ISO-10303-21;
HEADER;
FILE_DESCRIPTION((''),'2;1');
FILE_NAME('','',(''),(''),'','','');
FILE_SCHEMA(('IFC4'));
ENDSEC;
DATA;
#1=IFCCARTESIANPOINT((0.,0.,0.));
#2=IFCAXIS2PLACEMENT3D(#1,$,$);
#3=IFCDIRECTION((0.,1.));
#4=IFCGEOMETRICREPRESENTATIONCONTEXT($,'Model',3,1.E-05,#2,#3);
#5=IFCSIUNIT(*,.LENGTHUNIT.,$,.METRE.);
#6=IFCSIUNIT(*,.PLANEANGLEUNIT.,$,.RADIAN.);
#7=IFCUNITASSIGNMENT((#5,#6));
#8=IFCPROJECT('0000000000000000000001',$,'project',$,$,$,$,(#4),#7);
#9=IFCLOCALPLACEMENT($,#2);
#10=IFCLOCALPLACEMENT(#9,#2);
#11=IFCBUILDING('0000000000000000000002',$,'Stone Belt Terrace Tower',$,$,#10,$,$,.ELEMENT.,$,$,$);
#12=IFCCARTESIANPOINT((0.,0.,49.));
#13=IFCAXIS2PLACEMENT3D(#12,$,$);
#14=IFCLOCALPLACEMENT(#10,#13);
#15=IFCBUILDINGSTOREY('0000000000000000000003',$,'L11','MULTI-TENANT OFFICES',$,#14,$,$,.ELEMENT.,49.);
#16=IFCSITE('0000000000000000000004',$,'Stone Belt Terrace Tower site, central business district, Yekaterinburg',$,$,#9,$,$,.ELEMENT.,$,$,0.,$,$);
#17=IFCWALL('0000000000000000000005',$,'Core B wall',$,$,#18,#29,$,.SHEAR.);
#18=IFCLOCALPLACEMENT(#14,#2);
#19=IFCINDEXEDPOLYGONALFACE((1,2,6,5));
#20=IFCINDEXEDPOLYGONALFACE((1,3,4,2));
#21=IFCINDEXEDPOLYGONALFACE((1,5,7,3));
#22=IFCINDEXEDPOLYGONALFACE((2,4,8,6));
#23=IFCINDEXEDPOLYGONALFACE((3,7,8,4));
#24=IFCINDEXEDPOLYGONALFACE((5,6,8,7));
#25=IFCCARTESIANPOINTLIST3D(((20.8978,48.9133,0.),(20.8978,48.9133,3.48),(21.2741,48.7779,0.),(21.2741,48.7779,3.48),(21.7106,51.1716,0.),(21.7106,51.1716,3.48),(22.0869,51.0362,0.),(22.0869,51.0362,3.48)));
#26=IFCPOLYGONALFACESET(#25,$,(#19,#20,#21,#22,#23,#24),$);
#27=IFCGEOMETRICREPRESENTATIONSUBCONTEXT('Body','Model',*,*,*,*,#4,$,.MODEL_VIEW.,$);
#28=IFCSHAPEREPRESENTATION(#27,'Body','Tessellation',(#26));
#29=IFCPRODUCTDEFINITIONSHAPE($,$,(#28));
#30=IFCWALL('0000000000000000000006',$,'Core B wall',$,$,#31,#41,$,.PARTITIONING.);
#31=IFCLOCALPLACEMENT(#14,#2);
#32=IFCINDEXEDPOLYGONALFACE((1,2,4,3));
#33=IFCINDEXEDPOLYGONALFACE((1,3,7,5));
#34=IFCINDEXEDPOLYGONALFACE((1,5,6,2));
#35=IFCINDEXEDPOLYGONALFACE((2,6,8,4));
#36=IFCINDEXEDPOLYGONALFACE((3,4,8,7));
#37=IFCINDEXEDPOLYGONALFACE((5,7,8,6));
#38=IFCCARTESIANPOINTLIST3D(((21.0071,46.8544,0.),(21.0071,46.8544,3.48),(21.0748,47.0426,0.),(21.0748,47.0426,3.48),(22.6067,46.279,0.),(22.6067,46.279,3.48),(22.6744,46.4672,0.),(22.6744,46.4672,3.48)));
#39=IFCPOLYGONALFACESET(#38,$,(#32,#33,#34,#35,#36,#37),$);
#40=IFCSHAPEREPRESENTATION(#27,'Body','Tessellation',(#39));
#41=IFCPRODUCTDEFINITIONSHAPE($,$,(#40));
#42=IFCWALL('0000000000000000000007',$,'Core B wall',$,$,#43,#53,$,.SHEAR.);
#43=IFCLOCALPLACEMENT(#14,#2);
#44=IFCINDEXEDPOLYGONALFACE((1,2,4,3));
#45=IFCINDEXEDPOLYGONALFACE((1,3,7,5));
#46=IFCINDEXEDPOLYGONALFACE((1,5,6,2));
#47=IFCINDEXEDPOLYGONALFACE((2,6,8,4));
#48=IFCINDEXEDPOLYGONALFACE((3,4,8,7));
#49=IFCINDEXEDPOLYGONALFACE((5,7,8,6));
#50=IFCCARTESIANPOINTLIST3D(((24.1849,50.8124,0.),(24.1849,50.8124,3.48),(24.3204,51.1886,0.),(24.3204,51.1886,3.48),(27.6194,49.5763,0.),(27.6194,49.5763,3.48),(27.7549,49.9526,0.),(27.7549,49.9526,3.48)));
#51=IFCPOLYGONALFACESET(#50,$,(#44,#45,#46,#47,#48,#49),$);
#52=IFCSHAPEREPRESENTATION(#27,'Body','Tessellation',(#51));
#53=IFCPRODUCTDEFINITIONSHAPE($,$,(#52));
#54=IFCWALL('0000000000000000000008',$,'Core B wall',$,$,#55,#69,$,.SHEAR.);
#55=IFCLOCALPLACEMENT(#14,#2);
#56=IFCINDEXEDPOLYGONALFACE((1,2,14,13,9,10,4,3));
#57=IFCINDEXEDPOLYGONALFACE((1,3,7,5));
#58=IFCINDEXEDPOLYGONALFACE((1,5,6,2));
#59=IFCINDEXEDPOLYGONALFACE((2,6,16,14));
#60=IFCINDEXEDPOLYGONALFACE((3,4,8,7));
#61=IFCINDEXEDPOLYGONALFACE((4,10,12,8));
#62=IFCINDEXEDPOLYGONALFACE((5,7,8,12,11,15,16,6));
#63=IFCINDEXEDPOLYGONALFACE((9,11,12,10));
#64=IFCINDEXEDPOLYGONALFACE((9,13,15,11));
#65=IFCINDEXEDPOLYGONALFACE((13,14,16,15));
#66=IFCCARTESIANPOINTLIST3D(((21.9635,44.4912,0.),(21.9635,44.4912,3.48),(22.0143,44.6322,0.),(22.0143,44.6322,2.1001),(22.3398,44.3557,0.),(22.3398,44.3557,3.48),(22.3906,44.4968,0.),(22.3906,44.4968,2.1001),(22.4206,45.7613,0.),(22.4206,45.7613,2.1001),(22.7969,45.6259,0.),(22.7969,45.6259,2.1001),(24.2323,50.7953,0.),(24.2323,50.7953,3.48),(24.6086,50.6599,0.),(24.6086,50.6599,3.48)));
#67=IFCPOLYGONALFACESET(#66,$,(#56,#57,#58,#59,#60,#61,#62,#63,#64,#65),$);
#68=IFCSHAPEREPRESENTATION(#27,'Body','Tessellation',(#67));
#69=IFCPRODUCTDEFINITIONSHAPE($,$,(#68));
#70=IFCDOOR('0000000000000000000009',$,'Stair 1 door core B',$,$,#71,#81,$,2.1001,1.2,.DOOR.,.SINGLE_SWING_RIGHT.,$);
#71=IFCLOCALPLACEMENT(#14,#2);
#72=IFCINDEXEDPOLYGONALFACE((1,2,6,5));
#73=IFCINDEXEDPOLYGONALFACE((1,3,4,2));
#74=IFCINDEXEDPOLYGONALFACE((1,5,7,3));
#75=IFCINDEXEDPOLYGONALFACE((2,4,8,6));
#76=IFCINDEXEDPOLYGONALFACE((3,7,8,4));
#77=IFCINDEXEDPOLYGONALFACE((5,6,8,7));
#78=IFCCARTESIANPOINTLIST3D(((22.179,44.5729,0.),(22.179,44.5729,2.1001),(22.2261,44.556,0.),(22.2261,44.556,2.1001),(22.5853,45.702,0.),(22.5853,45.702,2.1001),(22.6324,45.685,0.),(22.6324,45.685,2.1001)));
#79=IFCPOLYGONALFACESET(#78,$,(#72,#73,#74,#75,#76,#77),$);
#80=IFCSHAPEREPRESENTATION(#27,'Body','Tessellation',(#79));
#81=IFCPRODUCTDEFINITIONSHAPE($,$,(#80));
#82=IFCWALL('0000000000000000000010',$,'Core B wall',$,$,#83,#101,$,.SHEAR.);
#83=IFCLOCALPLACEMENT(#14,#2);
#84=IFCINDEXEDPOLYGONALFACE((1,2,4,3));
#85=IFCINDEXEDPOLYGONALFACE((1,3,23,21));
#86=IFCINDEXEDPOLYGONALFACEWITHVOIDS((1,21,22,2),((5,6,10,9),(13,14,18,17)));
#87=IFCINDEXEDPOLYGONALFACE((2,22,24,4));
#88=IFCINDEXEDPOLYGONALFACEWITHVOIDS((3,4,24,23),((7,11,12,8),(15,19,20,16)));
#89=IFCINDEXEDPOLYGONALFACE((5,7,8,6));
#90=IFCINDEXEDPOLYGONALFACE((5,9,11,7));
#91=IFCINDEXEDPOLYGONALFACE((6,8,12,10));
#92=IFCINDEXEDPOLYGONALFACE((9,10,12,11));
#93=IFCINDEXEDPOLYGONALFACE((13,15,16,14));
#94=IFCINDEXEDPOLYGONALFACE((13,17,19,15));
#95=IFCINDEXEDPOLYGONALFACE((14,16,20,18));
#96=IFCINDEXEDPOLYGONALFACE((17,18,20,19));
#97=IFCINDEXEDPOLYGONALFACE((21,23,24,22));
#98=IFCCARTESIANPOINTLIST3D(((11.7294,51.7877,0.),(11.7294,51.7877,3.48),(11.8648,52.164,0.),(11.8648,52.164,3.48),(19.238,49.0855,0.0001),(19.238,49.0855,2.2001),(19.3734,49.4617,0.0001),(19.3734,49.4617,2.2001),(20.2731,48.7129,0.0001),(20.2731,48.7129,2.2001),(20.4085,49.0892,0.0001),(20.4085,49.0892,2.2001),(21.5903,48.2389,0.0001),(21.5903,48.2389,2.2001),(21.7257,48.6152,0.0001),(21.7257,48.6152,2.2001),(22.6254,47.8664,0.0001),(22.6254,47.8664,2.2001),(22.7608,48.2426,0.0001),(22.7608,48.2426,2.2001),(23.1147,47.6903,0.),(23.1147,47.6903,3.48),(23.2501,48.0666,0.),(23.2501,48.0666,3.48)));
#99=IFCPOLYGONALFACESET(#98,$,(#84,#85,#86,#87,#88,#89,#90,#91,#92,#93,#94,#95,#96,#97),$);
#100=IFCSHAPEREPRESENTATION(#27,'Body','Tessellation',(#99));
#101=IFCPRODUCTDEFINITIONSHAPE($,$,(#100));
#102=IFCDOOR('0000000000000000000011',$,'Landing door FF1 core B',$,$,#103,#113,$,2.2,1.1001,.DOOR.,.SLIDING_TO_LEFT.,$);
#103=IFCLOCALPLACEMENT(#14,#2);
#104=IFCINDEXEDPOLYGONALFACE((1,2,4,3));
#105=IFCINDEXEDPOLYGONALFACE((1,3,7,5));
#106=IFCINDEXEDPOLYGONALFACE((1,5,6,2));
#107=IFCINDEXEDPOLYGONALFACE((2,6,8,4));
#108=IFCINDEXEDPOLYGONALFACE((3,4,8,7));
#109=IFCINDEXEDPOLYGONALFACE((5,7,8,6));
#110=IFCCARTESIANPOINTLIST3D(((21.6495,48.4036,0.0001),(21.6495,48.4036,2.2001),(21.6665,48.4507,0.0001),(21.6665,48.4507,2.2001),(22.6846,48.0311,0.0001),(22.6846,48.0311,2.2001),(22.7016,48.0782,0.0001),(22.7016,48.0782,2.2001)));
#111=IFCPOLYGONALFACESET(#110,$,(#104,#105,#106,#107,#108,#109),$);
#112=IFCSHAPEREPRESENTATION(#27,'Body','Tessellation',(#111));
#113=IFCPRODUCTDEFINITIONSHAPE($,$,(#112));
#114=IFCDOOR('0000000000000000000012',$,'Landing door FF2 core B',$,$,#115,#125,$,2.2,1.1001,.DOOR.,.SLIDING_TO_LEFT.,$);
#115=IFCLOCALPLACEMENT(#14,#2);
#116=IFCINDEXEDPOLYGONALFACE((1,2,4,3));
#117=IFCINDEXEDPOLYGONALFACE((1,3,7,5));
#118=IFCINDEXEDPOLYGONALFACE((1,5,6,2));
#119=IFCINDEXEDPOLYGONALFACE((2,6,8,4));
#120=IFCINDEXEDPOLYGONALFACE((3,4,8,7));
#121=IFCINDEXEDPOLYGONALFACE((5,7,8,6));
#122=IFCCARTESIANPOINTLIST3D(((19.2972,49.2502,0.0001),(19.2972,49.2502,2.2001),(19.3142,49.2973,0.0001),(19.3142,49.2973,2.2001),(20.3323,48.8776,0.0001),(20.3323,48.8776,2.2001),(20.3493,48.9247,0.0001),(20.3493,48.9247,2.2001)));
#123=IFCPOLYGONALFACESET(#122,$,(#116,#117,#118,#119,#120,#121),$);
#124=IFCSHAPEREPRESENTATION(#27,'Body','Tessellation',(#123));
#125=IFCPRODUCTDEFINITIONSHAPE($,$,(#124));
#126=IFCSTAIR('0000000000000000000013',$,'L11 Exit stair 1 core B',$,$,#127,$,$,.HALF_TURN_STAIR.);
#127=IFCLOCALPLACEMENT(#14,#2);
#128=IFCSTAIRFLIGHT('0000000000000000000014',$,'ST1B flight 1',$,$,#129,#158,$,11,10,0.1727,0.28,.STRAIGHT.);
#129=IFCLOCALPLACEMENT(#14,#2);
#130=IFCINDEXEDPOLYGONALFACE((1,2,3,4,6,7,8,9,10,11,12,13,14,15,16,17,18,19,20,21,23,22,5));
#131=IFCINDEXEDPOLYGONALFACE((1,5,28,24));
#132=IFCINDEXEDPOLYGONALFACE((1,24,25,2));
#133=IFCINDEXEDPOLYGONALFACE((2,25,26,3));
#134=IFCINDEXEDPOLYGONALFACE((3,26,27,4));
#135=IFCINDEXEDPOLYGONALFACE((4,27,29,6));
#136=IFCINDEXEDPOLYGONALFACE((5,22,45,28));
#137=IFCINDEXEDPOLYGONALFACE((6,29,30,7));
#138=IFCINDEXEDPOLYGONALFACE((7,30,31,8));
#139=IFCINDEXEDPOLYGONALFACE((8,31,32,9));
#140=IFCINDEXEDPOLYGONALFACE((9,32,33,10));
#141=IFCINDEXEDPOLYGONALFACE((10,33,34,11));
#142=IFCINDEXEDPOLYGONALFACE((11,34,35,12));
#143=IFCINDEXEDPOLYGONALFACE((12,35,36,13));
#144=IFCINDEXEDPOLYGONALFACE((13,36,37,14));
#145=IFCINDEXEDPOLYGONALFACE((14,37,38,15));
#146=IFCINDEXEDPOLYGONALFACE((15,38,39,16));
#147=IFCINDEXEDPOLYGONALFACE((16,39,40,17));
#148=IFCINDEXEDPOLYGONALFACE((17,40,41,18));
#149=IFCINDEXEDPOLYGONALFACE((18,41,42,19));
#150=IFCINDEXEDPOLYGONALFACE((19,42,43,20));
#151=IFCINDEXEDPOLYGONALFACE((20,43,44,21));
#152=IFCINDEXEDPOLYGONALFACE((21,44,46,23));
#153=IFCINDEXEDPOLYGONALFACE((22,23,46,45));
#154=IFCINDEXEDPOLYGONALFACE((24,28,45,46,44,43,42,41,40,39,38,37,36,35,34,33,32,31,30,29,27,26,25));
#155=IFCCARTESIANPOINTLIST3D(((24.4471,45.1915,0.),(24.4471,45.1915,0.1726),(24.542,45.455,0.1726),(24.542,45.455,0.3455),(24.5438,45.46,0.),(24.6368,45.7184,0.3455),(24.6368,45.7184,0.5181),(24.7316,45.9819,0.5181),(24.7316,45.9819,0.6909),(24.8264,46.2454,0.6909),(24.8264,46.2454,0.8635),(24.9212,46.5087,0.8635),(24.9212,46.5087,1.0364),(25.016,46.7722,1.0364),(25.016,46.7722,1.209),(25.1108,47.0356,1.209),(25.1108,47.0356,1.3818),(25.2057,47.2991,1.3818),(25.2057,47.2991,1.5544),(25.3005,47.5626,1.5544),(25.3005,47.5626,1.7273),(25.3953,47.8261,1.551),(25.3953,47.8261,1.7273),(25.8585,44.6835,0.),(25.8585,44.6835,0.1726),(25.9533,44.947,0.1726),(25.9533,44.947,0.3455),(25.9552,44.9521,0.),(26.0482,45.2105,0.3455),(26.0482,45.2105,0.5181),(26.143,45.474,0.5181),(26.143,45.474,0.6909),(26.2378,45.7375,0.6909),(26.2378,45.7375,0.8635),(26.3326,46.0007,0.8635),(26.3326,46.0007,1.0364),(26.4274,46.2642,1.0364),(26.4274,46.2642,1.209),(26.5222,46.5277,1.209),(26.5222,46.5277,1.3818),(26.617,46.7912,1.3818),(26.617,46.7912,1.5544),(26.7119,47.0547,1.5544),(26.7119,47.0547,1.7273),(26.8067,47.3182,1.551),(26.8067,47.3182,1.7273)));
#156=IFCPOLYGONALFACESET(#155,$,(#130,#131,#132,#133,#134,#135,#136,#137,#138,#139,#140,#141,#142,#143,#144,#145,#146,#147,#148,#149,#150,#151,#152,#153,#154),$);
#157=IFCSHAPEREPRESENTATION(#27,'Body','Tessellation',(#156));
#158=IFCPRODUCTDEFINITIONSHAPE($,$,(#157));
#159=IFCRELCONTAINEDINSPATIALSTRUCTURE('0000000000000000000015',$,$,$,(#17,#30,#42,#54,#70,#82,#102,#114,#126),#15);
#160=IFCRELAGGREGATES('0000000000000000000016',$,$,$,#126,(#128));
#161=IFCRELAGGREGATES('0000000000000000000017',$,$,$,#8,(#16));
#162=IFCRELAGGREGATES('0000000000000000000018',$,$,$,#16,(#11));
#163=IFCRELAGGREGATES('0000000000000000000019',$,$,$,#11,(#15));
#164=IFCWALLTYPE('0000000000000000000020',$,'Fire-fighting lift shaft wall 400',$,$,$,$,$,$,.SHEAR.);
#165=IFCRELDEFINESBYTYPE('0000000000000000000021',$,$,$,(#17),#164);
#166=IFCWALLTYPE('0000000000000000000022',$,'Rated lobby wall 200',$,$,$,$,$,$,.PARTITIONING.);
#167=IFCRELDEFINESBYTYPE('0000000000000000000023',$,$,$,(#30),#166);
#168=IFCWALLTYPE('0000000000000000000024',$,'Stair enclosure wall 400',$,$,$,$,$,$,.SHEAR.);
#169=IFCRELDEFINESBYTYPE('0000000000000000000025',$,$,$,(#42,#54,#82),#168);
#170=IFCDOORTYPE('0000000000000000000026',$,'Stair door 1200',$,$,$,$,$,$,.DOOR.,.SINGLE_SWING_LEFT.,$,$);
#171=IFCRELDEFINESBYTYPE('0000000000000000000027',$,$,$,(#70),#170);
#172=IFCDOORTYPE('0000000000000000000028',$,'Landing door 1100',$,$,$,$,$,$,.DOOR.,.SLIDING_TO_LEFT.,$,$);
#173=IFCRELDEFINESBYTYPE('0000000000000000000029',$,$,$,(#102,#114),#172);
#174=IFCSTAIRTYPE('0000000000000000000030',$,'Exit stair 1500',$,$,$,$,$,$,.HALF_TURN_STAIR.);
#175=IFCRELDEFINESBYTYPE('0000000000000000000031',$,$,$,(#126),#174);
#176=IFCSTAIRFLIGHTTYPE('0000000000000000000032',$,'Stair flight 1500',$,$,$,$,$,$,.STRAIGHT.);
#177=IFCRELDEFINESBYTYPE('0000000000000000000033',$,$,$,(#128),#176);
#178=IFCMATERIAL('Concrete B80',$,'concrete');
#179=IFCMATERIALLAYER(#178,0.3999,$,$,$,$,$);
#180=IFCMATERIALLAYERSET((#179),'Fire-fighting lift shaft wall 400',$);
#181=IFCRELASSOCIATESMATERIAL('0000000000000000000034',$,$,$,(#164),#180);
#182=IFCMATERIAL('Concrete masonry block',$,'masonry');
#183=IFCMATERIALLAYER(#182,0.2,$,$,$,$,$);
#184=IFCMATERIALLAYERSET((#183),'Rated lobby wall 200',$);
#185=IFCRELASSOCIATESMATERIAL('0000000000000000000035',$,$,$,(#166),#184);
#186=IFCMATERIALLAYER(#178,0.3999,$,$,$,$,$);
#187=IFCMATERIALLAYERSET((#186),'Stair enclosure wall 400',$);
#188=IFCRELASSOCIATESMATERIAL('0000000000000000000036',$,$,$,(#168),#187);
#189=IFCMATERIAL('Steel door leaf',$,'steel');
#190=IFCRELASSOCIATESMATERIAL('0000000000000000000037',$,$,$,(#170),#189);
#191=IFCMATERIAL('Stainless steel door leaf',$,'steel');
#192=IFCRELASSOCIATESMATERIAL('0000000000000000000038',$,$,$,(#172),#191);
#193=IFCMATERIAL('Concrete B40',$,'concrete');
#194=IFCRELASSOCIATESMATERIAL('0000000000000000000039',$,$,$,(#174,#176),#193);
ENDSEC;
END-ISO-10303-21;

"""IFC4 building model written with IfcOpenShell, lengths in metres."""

from ifc_helpers import new_model, si_unit, direction, frame, frame_2d, origin, place, context, subcontext, project, spatial, polyline, rectangle, outline, extrude, material, layer, layer_set, type_object, element, fill, aggregate, save


model = new_model("IFC4")

# Units and contexts
model_context = context("Model", 3, precision=1e-05, world=origin(), true_north=direction((0.0, 1.0)))
body_context = subcontext(model_context, "Body", "Model", "MODEL_VIEW")
ifc_project = project(units=[si_unit("LENGTHUNIT", "METRE"), si_unit("PLANEANGLEUNIT", "RADIAN")], contexts=[model_context])

# Site, building, storey
site_placement = place(None, origin())
site = spatial("IfcSite", under=ifc_project, at=site_placement, Name="Stone Belt Terrace Tower site, central business district, Yekaterinburg", CompositionType="ELEMENT", RefElevation=0.0)
building_placement = place(site_placement, origin())
building = spatial("IfcBuilding", under=site, at=building_placement, Name="Stone Belt Terrace Tower", CompositionType="ELEMENT")
storey_placement = place(building_placement, frame((0.0, 0.0, 49.0)))
storey = spatial("IfcBuildingStorey", under=building, at=storey_placement, Name="L11", Description="MULTI-TENANT OFFICES", CompositionType="ELEMENT", Elevation=49.0)

# Walls
ifc_material_1 = material(Name="Concrete B80", Category="concrete")
ifc_layer_1 = layer(ifc_material_1, 0.3999)
ifc_layer_set_1 = layer_set([ifc_layer_1], Name="Fire-fighting lift shaft wall 400")
wall_type_1 = type_object("IfcWallType", Name="Fire-fighting lift shaft wall 400", PredefinedType="SHEAR", material=ifc_layer_set_1)
wall_1_placement = place(storey_placement, frame((21.0859, 48.8455, 0.0), z_axis=(0.0, 0.0, 1.0), x_axis=(0.338629, 0.94092, 0.0)))
element("IfcWall", 1, at=wall_1_placement, inside=storey, type_object=wall_type_1, Name="Core B wall", PredefinedType="SHEAR", context=body_context, shape_type="SweptSolid", body=[
    extrude(rectangle(XDim=2.4001, YDim=0.3999, at=frame_2d((1.2002, 0.0))), origin(), (0.0, 0.0, 1.0), 3.48),
])
ifc_material_2 = material(Name="Concrete masonry block", Category="masonry")
ifc_layer_2 = layer(ifc_material_2, 0.2)
ifc_layer_set_2 = layer_set([ifc_layer_2], Name="Rated lobby wall 200")
wall_type_2 = type_object("IfcWallType", Name="Rated lobby wall 200", PredefinedType="PARTITIONING", material=ifc_layer_set_2)
wall_2_placement = place(storey_placement, frame((22.6406, 46.373, 0.0), z_axis=(0.0, 0.0, 1.0), x_axis=(-0.940966, 0.338501, 0.0)))
element("IfcWall", 2, at=wall_2_placement, inside=storey, type_object=wall_type_2, Name="Core B wall", PredefinedType="PARTITIONING", context=body_context, shape_type="SweptSolid", body=[
    extrude(rectangle(XDim=1.7, YDim=0.2, at=frame_2d((0.8501, 0.0))), origin(), (0.0, 0.0, 1.0), 3.48),
])
ifc_layer_3 = layer(ifc_material_1, 0.3999)
ifc_layer_set_3 = layer_set([ifc_layer_3], Name="Stair enclosure wall 400")
wall_type_3 = type_object("IfcWallType", Name="Stair enclosure wall 400", PredefinedType="SHEAR", material=ifc_layer_set_3)
wall_3_placement = place(storey_placement, frame((27.6873, 49.7644, 0.0), z_axis=(0.0, 0.0, 1.0), x_axis=(-0.940919, 0.338632, 0.0)))
element("IfcWall", 3, at=wall_3_placement, inside=storey, type_object=wall_type_3, Name="Core B wall", PredefinedType="SHEAR", context=body_context, shape_type="SweptSolid", body=[
    extrude(rectangle(XDim=3.6501, YDim=0.3999, at=frame_2d((1.8252, 0.0))), origin(), (0.0, 0.0, 1.0), 3.48),
])

# Wall, opening, door
wall_4_placement = place(storey_placement, frame((22.1516, 44.4233, 0.0), z_axis=(0.0, 0.0, 1.0), x_axis=(0.338625, 0.940921, 0.0)))
wall_4 = element("IfcWall", 4, at=wall_4_placement, inside=storey, type_object=wall_type_3, Name="Core B wall", PredefinedType="SHEAR", context=body_context, shape_type="SweptSolid", body=[
    extrude(rectangle(XDim=6.7, YDim=0.3999, at=frame_2d((3.3501, 0.0))), origin(), (0.0, 0.0, 1.0), 3.48),
])
opening_1_placement = place(wall_4_placement, frame((0.1499, 0.0, 0.0)))
opening_1 = element("IfcOpeningElement", 5, at=opening_1_placement, cuts=wall_4, PredefinedType="OPENING", context=body_context, shape_type="SweptSolid", body=[
    extrude(rectangle(XDim=1.2, YDim=2.1001, at=frame_2d((0.6001, 1.05))), frame((0.0, 0.21, 0.0), z_axis=(0.0, -1.0, 0.0), x_axis=(1.0, 0.0, 0.0)), (0.0, 0.0, 1.0), 0.4199),
])
ifc_material_3 = material(Name="Steel door leaf", Category="steel")
door_type_1 = type_object("IfcDoorType", Name="Stair door 1200", OperationType="SINGLE_SWING_LEFT", PredefinedType="DOOR", material=ifc_material_3)
door_1_placement = place(opening_1_placement, origin())
door_1 = element("IfcDoor", 6, at=door_1_placement, inside=storey, type_object=door_type_1, Name="Stair 1 door core B", OperationType="SINGLE_SWING_RIGHT", OverallHeight=2.1001, OverallWidth=1.2, PredefinedType="DOOR", context=body_context, shape_type="SweptSolid", body=[
    extrude(rectangle(XDim=1.2, YDim=2.1001, at=frame_2d((0.6001, 1.05))), frame((0.0, 0.0249, 0.0), z_axis=(0.0, -1.0, 0.0), x_axis=(1.0, 0.0, 0.0)), (0.0, 0.0, 1.0), 0.05),
])
fill(opening_1, door_1)

# Wall, openings, doors
wall_5_placement = place(storey_placement, frame((23.1824, 47.8784, 0.0), z_axis=(0.0, 0.0, 1.0), x_axis=(-0.940921, 0.338626, 0.0)))
wall_5 = element("IfcWall", 7, at=wall_5_placement, inside=storey, type_object=wall_type_3, Name="Core B wall", PredefinedType="SHEAR", context=body_context, shape_type="SweptSolid", body=[
    extrude(rectangle(XDim=12.1001, YDim=0.3999, at=frame_2d((6.05, 0.0))), origin(), (0.0, 0.0, 1.0), 3.48),
])
opening_2_placement = place(wall_5_placement, frame((0.52, 0.0, 0.0)))
opening_2 = element("IfcOpeningElement", 8, at=opening_2_placement, cuts=wall_5, PredefinedType="OPENING", context=body_context, shape_type="SweptSolid", body=[
    extrude(rectangle(XDim=1.1001, YDim=2.2, at=frame_2d((0.55, 1.1001))), frame((0.0, 0.21, 0.0), z_axis=(0.0, -1.0, 0.0), x_axis=(1.0, 0.0, 0.0)), (0.0, 0.0, 1.0), 0.4199),
])
opening_3_placement = place(wall_5_placement, frame((3.02, 0.0, 0.0)))
opening_3 = element("IfcOpeningElement", 9, at=opening_3_placement, cuts=wall_5, PredefinedType="OPENING", context=body_context, shape_type="SweptSolid", body=[
    extrude(rectangle(XDim=1.1001, YDim=2.2, at=frame_2d((0.55, 1.1001))), frame((0.0, 0.21, 0.0), z_axis=(0.0, -1.0, 0.0), x_axis=(1.0, 0.0, 0.0)), (0.0, 0.0, 1.0), 0.4199),
])
ifc_material_4 = material(Name="Stainless steel door leaf", Category="steel")
door_type_2 = type_object("IfcDoorType", Name="Landing door 1100", OperationType="SLIDING_TO_LEFT", PredefinedType="DOOR", material=ifc_material_4)
door_2_placement = place(opening_2_placement, origin())
door_2 = element("IfcDoor", 10, at=door_2_placement, inside=storey, type_object=door_type_2, Name="Landing door FF1 core B", OperationType="SLIDING_TO_LEFT", OverallHeight=2.2, OverallWidth=1.1001, PredefinedType="DOOR", context=body_context, shape_type="SweptSolid", body=[
    extrude(rectangle(XDim=1.1001, YDim=2.2, at=frame_2d((0.55, 1.1001))), frame((0.0, 0.0249, 0.0), z_axis=(0.0, -1.0, 0.0), x_axis=(1.0, 0.0, 0.0)), (0.0, 0.0, 1.0), 0.05),
])
fill(opening_2, door_2)
door_3_placement = place(opening_3_placement, origin())
door_3 = element("IfcDoor", 11, at=door_3_placement, inside=storey, type_object=door_type_2, Name="Landing door FF2 core B", OperationType="SLIDING_TO_LEFT", OverallHeight=2.2, OverallWidth=1.1001, PredefinedType="DOOR", context=body_context, shape_type="SweptSolid", body=[
    extrude(rectangle(XDim=1.1001, YDim=2.2, at=frame_2d((0.55, 1.1001))), frame((0.0, 0.0249, 0.0), z_axis=(0.0, -1.0, 0.0), x_axis=(1.0, 0.0, 0.0)), (0.0, 0.0, 1.0), 0.05),
])
fill(opening_3, door_3)

# Stair, stair flight
ifc_material_5 = material(Name="Concrete B40", Category="concrete")
stair_type = type_object("IfcStairType", Name="Exit stair 1500", PredefinedType="HALF_TURN_STAIR", material=ifc_material_5)
stair_placement = place(storey_placement, origin())
stair = element("IfcStair", 12, at=stair_placement, inside=storey, type_object=stair_type, Name="L11 Exit stair 1 core B", PredefinedType="HALF_TURN_STAIR")
stair_flight_type = type_object("IfcStairFlightType", Name="Stair flight 1500", PredefinedType="STRAIGHT", material=ifc_material_5)
stair_flight_1_placement = place(storey_placement, frame((25.1528, 44.9375, 0.0), z_axis=(0.0, 0.0, 1.0), x_axis=(0.338624, 0.940922, 0.0)))
stair_flight_1 = element("IfcStairFlight", 13, at=stair_flight_1_placement, type_object=stair_flight_type, Name="ST1B flight 1", NumberOfRisers=11, NumberOfTreads=10, PredefinedType="STRAIGHT", RiserHeight=0.1727, TreadLength=0.28, context=body_context, shape_type="SweptSolid", body=[
    extrude(outline(polyline([(0.0, 0.0), (0.0, 0.1726), (0.28, 0.1726), (0.28, 0.3455), (0.5601, 0.3455), (0.5601, 0.5181), (0.8401, 0.5181), (0.8401, 0.6909), (1.1201, 0.6909), (1.1201, 0.8635), (1.3999, 0.8635), (1.3999, 1.0364), (1.6799, 1.0364), (1.6799, 1.209), (1.96, 1.209), (1.96, 1.3818), (2.24, 1.3818), (2.24, 1.5544), (2.52, 1.5544), (2.52, 1.7273), (2.8, 1.7273), (2.8, 1.8999), (2.8, 1.551), (0.2854, 0.0), (0.0, 0.0)])), frame((0.0, 0.75, 0.0), z_axis=(0.0, -1.0, 0.0), x_axis=(1.0, 0.0, 0.0)), (0.0, 0.0, 1.0), 1.5),
])
aggregate(stair, [stair_flight_1])

save(model, "model.ifc")
